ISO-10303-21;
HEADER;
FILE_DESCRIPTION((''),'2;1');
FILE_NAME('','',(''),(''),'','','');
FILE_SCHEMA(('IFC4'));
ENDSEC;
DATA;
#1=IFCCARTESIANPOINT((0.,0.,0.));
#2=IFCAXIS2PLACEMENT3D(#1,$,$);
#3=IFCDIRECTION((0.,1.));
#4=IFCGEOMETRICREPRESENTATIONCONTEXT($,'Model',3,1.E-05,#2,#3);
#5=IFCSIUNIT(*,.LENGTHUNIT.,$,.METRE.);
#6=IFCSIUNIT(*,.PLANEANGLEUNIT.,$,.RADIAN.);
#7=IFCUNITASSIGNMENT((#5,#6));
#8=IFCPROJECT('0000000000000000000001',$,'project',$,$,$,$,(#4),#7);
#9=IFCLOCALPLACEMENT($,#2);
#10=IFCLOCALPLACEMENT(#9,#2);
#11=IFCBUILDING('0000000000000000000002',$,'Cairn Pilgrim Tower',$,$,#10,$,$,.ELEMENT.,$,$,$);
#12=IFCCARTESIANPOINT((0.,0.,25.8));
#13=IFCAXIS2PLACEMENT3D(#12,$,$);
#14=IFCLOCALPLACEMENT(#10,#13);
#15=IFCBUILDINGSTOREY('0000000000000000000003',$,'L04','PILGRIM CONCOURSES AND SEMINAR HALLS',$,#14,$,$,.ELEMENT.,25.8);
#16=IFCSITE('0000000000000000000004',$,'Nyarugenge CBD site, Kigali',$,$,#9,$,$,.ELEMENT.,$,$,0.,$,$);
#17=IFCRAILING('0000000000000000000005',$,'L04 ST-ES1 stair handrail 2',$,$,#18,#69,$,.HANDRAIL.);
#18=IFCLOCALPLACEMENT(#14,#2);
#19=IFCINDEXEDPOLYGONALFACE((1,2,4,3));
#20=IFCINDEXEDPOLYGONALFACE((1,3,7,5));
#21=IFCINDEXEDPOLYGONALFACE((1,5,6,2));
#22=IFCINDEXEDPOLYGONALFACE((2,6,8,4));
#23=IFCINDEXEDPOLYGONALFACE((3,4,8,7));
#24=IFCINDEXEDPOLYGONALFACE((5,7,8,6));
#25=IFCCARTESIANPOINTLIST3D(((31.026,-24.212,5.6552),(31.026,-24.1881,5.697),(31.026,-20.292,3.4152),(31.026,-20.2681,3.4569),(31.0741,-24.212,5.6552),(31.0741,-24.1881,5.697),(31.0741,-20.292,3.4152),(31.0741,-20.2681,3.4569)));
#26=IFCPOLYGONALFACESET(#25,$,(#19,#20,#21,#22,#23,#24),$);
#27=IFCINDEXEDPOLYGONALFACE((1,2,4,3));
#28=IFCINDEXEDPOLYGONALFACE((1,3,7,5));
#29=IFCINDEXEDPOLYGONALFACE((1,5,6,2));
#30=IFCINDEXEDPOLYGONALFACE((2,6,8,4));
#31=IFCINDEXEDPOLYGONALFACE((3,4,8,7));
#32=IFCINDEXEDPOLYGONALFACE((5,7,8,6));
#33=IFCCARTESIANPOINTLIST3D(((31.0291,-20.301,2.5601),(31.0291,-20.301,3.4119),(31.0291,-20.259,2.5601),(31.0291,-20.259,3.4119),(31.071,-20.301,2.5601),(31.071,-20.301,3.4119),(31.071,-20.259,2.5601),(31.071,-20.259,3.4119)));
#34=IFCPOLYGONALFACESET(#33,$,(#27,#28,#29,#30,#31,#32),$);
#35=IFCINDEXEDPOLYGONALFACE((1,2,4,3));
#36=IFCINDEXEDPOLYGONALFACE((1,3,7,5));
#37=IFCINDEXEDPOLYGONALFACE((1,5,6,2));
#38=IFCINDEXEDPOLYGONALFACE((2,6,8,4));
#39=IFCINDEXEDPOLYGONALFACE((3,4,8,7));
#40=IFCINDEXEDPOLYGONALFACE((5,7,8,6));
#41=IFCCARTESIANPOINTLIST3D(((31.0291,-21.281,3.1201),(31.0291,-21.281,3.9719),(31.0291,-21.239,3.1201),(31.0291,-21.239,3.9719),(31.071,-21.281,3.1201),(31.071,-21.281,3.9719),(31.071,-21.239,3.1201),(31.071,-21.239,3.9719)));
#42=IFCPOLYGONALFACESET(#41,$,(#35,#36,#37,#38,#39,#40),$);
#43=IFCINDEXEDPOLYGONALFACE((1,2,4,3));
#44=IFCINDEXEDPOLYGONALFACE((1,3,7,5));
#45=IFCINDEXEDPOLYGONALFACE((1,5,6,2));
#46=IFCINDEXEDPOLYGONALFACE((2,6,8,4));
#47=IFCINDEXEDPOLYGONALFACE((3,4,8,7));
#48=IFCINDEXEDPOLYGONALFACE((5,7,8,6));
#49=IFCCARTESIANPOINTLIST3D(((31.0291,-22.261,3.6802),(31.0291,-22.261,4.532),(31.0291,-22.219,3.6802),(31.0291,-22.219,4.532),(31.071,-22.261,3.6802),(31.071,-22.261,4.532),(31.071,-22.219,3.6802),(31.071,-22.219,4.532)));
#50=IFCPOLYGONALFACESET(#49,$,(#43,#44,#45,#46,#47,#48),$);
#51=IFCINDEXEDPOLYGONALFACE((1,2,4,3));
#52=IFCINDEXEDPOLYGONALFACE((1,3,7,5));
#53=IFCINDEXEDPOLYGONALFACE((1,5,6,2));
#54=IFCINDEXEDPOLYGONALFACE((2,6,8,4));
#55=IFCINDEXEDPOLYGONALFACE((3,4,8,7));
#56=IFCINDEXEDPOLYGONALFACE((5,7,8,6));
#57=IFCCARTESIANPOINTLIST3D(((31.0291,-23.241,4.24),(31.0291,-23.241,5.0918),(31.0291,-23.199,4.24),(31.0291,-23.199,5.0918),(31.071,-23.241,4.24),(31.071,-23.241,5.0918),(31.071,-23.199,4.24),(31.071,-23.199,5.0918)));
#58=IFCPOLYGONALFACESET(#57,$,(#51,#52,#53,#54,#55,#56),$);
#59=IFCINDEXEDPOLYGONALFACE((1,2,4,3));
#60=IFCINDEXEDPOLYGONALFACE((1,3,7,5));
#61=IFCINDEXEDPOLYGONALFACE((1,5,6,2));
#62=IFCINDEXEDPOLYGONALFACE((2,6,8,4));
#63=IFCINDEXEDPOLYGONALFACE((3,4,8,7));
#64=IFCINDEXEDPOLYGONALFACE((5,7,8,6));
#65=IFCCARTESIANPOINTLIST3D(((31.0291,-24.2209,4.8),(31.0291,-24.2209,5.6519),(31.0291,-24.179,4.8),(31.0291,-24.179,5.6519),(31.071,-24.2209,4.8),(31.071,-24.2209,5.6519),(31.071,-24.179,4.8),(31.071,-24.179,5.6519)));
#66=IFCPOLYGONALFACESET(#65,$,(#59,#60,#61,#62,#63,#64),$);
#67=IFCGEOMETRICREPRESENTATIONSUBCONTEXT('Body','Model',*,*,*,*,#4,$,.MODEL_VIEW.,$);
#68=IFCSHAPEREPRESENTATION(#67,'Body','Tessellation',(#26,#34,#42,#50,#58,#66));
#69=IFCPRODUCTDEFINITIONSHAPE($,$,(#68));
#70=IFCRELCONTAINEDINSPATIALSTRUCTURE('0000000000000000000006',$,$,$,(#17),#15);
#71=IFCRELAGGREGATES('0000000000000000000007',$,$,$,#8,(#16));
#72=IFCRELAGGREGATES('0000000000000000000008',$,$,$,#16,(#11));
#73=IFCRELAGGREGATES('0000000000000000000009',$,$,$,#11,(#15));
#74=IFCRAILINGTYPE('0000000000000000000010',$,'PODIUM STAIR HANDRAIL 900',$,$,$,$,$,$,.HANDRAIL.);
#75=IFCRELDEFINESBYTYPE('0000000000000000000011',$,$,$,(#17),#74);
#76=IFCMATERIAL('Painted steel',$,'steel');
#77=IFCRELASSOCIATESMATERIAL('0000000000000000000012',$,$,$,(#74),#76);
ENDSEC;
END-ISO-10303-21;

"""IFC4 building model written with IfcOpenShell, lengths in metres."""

from ifc_helpers import new_model, si_unit, direction, frame, origin, origin_2d, place, context, subcontext, project, spatial, rectangle, extrude, material, type_object, element, save


model = new_model("IFC4")

# Units and contexts
model_context = context("Model", 3, precision=1e-05, world=origin(), true_north=direction((0.0, 1.0)))
body_context = subcontext(model_context, "Body", "Model", "MODEL_VIEW")
ifc_project = project(units=[si_unit("LENGTHUNIT", "METRE"), si_unit("PLANEANGLEUNIT", "RADIAN")], contexts=[model_context])

# Site, building, storey
site_placement = place(None, origin())
site = spatial("IfcSite", under=ifc_project, at=site_placement, Name="Nyarugenge CBD site, Kigali", CompositionType="ELEMENT", RefElevation=0.0)
building_placement = place(site_placement, origin())
building = spatial("IfcBuilding", under=site, at=building_placement, Name="Cairn Pilgrim Tower", CompositionType="ELEMENT")
storey_placement = place(building_placement, frame((0.0, 0.0, 25.8)))
storey = spatial("IfcBuildingStorey", under=building, at=storey_placement, Name="L04", Description="PILGRIM CONCOURSES AND SEMINAR HALLS", CompositionType="ELEMENT", Elevation=25.8)

# Railing
ifc_material_1 = material(Name="Painted steel", Category="steel")
railing_type_1 = type_object("IfcRailingType", Name="PODIUM STAIR HANDRAIL 900", PredefinedType="HANDRAIL", material=ifc_material_1)
railing_1_placement = place(storey_placement, frame((31.05, -20.28, 2.5601)))
element("IfcRailing", 1, at=railing_1_placement, inside=storey, type_object=railing_type_1, Name="L04 ST-ES1 stair handrail 2", PredefinedType="HANDRAIL", context=body_context, shape_type="SweptSolid", body=[
    extrude(rectangle(XDim=0.0481, YDim=0.0481, at=origin_2d()), frame((0.0, 0.0, 0.876), z_axis=(0.0, -0.86824, 0.496145), x_axis=(1.0, 0.0, 0.0)), (0.0, 0.0, 1.0), 4.5149),
    extrude(rectangle(XDim=0.042, YDim=0.042, at=origin_2d()), origin(), (0.0, 0.0, 1.0), 0.8518),
    extrude(rectangle(XDim=0.042, YDim=0.042, at=origin_2d()), frame((0.0, -0.98, 0.5601)), (0.0, 0.0, 1.0), 0.8518),
    extrude(rectangle(XDim=0.042, YDim=0.042, at=origin_2d()), frame((0.0, -1.96, 1.1201)), (0.0, 0.0, 1.0), 0.8518),
    extrude(rectangle(XDim=0.042, YDim=0.042, at=origin_2d()), frame((0.0, -2.9399, 1.6799)), (0.0, 0.0, 1.0), 0.8518),
    extrude(rectangle(XDim=0.042, YDim=0.042, at=origin_2d()), frame((0.0, -3.9199, 2.24)), (0.0, 0.0, 1.0), 0.8518),
])

save(model, "model.ifc")
